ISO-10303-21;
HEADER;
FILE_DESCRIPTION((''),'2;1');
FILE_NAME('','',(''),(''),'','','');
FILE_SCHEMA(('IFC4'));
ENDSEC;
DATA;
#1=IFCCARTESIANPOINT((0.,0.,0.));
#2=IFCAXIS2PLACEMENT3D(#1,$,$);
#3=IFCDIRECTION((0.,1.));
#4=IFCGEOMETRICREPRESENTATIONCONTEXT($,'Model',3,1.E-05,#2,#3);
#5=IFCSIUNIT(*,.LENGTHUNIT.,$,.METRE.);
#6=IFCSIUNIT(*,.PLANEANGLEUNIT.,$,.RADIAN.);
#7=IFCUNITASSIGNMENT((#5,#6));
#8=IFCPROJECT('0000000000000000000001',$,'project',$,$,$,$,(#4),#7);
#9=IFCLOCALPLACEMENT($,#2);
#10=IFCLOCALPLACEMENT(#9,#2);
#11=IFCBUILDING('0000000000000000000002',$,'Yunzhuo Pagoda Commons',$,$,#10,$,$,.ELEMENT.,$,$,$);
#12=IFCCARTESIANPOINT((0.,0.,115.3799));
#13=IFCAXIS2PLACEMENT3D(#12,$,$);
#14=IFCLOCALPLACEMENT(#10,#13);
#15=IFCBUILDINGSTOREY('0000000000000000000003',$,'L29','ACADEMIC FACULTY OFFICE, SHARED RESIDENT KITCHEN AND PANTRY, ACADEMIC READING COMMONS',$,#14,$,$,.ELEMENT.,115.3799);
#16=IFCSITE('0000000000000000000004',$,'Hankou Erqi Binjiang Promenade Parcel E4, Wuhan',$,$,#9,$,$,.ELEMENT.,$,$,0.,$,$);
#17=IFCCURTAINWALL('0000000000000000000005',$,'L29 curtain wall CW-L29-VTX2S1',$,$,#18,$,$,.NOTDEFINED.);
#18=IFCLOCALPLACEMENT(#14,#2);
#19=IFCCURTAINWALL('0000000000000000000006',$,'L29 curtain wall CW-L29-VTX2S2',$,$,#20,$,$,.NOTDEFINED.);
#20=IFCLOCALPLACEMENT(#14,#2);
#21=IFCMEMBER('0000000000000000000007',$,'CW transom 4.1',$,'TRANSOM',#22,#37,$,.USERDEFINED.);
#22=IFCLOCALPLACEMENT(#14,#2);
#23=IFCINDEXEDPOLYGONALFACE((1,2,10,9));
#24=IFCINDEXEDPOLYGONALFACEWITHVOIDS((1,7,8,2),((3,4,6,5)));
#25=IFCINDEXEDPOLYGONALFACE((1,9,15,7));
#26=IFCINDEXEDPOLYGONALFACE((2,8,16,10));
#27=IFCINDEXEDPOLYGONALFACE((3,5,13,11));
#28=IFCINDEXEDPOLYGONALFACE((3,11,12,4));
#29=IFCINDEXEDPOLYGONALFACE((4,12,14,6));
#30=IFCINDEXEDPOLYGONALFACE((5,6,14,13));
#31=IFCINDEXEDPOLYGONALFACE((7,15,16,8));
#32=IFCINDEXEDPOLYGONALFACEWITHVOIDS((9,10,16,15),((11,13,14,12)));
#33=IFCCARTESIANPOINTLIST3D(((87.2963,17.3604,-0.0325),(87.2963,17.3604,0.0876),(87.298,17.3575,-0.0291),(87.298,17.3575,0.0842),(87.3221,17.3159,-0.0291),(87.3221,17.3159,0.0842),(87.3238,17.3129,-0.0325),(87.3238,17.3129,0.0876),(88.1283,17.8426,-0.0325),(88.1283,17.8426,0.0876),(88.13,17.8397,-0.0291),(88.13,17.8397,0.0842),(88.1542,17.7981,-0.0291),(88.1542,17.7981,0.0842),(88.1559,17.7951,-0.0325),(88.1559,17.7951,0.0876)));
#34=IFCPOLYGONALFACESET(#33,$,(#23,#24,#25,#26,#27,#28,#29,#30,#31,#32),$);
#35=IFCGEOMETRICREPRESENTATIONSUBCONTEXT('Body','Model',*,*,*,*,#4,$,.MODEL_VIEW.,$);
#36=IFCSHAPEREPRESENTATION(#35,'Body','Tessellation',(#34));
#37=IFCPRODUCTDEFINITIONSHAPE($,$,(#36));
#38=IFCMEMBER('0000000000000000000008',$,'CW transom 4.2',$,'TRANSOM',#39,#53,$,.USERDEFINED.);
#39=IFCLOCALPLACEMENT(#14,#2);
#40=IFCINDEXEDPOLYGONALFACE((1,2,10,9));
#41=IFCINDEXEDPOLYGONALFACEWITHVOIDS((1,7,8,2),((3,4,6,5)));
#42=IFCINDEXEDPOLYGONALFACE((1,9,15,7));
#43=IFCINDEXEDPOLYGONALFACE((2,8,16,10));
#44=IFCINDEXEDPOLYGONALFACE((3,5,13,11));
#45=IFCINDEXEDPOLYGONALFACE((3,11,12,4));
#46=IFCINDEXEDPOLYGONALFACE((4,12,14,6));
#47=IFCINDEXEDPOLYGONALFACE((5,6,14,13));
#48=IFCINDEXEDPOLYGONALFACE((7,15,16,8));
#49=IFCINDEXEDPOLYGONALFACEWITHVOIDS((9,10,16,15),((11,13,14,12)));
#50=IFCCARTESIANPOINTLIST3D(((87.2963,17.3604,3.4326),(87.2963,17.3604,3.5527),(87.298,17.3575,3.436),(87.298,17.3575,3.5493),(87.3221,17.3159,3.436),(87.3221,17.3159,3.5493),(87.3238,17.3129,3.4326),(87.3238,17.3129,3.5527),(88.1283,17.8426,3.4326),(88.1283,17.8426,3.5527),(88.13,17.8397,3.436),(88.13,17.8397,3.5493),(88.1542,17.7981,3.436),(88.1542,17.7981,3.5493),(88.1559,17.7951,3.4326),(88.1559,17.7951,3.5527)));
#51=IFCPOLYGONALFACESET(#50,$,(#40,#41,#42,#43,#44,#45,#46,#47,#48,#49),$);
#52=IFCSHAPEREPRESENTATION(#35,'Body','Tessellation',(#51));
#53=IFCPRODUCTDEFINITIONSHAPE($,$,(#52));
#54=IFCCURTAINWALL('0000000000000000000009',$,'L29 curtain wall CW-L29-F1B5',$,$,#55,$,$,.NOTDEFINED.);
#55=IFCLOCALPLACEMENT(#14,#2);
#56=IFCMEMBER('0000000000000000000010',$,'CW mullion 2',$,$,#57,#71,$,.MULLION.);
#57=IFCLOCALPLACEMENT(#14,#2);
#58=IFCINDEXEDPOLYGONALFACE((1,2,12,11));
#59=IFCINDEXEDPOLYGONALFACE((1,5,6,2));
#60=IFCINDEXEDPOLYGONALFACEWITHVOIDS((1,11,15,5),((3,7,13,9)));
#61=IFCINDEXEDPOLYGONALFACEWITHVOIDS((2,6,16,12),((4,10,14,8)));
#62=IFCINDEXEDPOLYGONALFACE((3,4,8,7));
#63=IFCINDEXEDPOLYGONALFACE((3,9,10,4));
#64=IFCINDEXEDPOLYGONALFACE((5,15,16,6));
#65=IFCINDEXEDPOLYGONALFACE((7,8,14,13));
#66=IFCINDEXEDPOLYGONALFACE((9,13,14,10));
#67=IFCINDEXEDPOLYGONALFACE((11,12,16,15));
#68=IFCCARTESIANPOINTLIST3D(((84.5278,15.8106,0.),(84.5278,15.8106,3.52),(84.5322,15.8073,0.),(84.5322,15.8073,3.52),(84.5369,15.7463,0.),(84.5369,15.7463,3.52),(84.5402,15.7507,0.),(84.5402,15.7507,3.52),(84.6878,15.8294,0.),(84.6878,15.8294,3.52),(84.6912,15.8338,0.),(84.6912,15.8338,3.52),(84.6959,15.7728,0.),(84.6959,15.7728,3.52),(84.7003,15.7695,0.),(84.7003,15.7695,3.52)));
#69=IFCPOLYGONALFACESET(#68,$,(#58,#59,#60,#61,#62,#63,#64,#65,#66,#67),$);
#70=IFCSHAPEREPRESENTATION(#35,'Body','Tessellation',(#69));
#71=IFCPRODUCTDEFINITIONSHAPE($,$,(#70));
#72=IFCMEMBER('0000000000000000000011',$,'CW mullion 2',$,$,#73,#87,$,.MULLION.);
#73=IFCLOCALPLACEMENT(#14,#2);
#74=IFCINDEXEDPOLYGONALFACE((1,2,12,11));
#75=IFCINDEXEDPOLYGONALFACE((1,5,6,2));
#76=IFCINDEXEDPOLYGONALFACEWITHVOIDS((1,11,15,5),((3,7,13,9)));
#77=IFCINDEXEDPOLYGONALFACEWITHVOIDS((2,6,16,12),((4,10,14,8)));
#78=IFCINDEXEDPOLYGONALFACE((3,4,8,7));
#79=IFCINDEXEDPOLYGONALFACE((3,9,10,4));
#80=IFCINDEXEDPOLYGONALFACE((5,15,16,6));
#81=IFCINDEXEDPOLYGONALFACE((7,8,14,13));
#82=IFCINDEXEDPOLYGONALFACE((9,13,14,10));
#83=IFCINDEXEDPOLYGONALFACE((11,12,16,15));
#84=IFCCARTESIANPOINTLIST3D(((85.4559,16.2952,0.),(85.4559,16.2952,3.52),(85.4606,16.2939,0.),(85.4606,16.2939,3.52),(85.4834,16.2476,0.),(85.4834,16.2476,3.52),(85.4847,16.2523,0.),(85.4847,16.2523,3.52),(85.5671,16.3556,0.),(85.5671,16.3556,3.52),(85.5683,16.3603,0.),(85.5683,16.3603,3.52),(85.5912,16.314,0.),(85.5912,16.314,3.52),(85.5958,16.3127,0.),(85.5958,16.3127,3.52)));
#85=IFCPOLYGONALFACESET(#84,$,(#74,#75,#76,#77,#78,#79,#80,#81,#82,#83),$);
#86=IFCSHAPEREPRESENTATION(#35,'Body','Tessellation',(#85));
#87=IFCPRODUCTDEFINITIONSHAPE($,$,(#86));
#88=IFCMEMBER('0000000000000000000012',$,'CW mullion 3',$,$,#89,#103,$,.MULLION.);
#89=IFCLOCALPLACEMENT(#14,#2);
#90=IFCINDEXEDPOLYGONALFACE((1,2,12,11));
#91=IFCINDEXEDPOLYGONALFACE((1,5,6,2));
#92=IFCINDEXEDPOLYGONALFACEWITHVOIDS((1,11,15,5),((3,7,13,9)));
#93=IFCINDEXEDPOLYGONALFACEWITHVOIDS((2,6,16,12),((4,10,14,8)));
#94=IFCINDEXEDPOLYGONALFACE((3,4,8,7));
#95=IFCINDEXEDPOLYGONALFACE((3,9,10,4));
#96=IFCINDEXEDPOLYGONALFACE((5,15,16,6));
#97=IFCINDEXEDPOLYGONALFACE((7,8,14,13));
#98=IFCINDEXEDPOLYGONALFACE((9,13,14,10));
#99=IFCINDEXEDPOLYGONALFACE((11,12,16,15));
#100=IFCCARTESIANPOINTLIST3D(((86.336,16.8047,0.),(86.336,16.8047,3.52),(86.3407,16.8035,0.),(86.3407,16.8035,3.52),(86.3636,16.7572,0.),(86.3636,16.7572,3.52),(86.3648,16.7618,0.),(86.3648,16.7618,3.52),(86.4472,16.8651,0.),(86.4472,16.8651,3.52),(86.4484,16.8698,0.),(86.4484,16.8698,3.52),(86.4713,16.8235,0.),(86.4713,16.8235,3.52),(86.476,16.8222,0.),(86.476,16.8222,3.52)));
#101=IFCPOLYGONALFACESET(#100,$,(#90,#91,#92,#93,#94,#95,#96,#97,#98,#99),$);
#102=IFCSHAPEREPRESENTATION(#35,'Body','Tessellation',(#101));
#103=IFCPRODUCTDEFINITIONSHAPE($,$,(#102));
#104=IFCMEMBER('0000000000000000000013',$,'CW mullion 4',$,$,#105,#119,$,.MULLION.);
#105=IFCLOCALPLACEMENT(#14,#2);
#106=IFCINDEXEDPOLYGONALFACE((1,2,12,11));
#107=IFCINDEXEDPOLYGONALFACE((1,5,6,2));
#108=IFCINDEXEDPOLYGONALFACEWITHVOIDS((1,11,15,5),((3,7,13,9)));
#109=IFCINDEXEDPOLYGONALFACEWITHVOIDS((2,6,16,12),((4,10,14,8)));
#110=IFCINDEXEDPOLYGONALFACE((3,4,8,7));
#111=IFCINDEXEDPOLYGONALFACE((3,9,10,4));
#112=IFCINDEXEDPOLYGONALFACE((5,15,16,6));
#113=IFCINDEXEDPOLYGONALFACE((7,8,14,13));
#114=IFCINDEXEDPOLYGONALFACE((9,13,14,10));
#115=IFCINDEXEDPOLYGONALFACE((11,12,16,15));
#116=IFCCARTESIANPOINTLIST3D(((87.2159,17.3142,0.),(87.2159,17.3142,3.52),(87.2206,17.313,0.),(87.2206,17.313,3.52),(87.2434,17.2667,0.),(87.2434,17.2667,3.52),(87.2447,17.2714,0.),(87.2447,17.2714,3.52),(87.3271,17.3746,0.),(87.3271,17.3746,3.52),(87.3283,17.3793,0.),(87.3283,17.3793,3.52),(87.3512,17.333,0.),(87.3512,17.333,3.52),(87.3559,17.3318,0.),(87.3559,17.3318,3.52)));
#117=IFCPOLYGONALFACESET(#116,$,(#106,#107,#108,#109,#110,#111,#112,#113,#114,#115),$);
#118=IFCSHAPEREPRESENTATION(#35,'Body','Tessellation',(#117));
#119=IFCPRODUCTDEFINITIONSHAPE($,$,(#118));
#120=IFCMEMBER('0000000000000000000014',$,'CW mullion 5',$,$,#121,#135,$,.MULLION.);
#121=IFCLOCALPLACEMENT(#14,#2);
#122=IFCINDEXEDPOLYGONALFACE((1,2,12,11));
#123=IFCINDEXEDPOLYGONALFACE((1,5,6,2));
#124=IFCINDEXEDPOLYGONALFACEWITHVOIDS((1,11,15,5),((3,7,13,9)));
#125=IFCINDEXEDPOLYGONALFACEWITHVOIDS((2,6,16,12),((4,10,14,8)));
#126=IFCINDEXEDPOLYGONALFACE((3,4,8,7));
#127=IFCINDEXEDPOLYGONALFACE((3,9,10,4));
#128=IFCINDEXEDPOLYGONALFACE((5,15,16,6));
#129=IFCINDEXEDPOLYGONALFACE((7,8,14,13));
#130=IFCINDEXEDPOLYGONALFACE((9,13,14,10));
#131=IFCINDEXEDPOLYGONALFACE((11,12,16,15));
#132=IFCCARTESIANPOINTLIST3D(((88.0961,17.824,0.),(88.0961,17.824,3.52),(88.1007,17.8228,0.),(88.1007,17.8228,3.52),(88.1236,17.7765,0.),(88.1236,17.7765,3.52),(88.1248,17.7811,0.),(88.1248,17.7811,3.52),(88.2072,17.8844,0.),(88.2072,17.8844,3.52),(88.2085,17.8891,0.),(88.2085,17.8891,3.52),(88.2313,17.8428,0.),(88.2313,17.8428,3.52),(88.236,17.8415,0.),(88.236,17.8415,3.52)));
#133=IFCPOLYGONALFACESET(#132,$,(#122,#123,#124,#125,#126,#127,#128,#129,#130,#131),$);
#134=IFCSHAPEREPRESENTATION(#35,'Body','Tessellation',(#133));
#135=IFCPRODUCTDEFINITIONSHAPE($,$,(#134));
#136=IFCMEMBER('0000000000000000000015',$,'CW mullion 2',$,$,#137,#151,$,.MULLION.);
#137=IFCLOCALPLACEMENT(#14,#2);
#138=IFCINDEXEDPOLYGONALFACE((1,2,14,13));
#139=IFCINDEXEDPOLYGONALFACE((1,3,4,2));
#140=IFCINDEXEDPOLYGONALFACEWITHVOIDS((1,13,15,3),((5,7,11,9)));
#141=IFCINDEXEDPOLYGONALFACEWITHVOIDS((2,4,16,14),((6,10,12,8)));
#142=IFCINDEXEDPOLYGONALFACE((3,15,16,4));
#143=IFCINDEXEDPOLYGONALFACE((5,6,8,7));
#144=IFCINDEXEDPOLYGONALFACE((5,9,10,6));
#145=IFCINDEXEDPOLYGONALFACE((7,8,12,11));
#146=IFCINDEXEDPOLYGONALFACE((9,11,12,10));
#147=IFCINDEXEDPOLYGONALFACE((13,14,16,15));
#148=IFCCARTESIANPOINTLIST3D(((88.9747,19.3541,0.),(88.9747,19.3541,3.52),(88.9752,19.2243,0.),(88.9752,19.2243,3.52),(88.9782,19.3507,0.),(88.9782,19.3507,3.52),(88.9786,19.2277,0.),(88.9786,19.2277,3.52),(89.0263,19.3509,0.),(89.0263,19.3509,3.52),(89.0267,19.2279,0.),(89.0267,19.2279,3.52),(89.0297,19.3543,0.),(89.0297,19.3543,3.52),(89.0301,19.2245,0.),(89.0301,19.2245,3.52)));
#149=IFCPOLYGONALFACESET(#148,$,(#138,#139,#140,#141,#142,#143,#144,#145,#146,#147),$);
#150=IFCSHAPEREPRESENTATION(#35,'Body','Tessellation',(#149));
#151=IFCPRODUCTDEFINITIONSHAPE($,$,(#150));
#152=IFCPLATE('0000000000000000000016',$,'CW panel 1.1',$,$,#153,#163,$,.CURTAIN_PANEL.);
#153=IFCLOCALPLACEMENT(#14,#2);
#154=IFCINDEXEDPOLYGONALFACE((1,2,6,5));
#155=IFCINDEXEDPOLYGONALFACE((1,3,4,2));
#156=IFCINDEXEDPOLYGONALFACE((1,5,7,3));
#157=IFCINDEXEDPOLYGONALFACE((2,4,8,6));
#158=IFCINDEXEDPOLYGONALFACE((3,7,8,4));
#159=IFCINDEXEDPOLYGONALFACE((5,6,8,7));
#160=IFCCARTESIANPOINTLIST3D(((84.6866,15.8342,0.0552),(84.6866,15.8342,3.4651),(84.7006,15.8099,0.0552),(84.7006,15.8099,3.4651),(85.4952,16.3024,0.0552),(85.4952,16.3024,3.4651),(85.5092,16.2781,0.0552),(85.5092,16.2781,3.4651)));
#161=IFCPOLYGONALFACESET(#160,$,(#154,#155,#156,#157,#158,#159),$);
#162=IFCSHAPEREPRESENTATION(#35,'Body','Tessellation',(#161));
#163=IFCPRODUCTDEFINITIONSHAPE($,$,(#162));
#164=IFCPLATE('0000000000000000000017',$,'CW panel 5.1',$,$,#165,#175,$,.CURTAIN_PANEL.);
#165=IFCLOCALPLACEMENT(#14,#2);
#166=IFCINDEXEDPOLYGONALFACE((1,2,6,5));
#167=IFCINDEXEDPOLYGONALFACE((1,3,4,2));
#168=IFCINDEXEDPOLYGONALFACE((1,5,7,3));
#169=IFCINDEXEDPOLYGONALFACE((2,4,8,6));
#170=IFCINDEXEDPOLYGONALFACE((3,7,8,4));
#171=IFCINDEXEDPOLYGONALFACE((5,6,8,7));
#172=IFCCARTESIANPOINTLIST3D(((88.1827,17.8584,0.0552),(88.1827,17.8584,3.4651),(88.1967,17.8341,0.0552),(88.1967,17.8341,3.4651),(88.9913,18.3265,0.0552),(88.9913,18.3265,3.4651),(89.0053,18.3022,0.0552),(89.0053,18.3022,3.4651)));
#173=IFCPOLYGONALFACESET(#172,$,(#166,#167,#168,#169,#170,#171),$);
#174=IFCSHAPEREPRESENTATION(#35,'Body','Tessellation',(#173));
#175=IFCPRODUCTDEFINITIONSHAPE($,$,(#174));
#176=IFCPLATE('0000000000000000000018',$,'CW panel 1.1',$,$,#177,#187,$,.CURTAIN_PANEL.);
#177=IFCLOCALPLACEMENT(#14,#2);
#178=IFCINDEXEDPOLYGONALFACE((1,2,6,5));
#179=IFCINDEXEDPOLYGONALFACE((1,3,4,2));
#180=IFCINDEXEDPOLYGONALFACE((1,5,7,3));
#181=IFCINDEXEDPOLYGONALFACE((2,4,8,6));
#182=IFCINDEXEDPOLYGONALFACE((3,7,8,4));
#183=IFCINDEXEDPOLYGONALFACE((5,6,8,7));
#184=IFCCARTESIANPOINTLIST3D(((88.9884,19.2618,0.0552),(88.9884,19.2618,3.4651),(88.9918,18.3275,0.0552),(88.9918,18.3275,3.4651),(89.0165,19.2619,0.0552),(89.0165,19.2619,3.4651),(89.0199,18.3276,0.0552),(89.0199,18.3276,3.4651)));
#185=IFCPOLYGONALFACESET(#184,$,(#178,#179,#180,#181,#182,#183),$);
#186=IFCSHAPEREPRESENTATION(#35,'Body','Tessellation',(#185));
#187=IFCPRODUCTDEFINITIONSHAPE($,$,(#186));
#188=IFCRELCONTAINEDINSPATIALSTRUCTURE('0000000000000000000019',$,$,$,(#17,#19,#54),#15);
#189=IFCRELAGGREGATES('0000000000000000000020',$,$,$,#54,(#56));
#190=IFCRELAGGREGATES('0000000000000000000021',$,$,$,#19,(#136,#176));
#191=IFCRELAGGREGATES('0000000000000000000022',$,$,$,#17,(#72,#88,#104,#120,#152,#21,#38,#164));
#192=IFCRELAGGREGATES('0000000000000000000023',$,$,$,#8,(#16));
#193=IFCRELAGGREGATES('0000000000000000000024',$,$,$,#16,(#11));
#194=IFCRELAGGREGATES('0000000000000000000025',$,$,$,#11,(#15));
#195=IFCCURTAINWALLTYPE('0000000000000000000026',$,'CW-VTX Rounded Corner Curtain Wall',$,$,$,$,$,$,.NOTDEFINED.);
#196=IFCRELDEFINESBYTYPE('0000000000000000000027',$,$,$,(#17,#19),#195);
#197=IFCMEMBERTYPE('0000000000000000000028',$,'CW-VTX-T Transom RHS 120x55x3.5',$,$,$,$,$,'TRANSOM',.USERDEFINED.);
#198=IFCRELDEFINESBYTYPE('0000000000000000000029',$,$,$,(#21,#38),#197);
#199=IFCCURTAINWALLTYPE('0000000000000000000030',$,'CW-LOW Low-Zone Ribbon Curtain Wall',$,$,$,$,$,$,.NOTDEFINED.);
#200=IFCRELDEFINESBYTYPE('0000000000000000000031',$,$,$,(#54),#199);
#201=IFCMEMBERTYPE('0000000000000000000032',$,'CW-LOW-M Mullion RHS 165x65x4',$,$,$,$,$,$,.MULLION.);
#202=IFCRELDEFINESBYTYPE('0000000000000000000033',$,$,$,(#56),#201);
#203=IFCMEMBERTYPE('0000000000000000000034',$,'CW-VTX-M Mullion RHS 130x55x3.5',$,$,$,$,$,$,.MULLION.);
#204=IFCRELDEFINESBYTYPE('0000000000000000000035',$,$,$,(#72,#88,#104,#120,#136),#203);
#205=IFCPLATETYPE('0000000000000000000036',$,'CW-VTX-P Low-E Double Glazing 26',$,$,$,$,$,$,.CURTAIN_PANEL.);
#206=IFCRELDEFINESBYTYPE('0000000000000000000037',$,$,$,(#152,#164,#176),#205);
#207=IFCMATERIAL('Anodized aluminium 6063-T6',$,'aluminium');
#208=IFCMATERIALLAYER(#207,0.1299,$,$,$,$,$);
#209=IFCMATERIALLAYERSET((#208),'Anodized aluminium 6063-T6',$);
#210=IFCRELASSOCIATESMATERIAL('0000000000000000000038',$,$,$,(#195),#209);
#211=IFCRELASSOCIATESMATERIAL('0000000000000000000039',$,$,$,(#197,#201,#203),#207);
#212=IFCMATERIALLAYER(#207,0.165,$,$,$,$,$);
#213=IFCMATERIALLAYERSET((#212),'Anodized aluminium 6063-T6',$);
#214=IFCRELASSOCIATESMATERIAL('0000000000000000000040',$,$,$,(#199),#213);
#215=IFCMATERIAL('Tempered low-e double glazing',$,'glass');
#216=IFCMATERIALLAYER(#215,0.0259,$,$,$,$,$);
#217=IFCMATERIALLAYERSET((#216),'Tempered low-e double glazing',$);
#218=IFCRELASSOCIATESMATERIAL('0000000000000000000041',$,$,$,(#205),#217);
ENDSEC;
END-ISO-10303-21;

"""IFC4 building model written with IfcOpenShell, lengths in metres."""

from ifc_helpers import new_model, si_unit, direction, frame, origin, origin_2d, place, context, subcontext, project, spatial, rectangle, hollow_rectangle, extrude, source, transform, mapped, material, layer, layer_set, material_profile, profile_set, type_object, element, aggregate, save


model = new_model("IFC4")

# Units and contexts
model_context = context("Model", 3, precision=1e-05, world=origin(), true_north=direction((0.0, 1.0)))
body_context = subcontext(model_context, "Body", "Model", "MODEL_VIEW")
ifc_project = project(units=[si_unit("LENGTHUNIT", "METRE"), si_unit("PLANEANGLEUNIT", "RADIAN")], contexts=[model_context])

# Site, building, storey
site_placement = place(None, origin())
site = spatial("IfcSite", under=ifc_project, at=site_placement, Name="Hankou Erqi Binjiang Promenade Parcel E4, Wuhan", CompositionType="ELEMENT", RefElevation=0.0)
building_placement = place(site_placement, origin())
building = spatial("IfcBuilding", under=site, at=building_placement, Name="Yunzhuo Pagoda Commons", CompositionType="ELEMENT")
storey_placement = place(building_placement, frame((0.0, 0.0, 115.3799)))
storey = spatial("IfcBuildingStorey", under=building, at=storey_placement, Name="L29", Description="ACADEMIC FACULTY OFFICE, SHARED RESIDENT KITCHEN AND PANTRY, ACADEMIC READING COMMONS", CompositionType="ELEMENT", Elevation=115.3799)

# Curtain wall
ifc_material_1 = material(Name="Anodized aluminium 6063-T6", Category="aluminium")
ifc_layer_1 = layer(ifc_material_1, 0.1299)
ifc_layer_set_1 = layer_set([ifc_layer_1], Name="Anodized aluminium 6063-T6")
curtain_wall_type_1 = type_object("IfcCurtainWallType", Name="CW-VTX Rounded Corner Curtain Wall", PredefinedType="NOTDEFINED", material=ifc_layer_set_1)
curtain_wall_1_placement = place(storey_placement, origin())
curtain_wall_1 = element("IfcCurtainWall", 1, at=curtain_wall_1_placement, inside=storey, type_object=curtain_wall_type_1, Name="L29 curtain wall CW-L29-VTX2S1", PredefinedType="NOTDEFINED")
ifc_material_profile_1 = material_profile(ifc_material_1, hollow_rectangle(XDim=0.0549, YDim=0.1201, WallThickness=0.0034, at=origin_2d()), Name="Anodized aluminium 6063-T6")
ifc_profile_set_1 = profile_set([ifc_material_profile_1], Name="Anodized aluminium 6063-T6")
member_type_1 = type_object("IfcMemberType", Name="CW-VTX-T Transom RHS 120x55x3.5", ElementType="TRANSOM", PredefinedType="USERDEFINED", material=ifc_profile_set_1)

# Curtain wall
curtain_wall_2_placement = place(storey_placement, origin())
curtain_wall_2 = element("IfcCurtainWall", 2, at=curtain_wall_2_placement, inside=storey, type_object=curtain_wall_type_1, Name="L29 curtain wall CW-L29-VTX2S2", PredefinedType="NOTDEFINED")

# Members
shared_shape_1 = source(origin(), body_context, "Body", "SweptSolid", [
    extrude(hollow_rectangle(XDim=0.0549, YDim=0.1201, WallThickness=0.0034, at=origin_2d()), origin(), (0.0, 0.0, 1.0), 0.9617),
])
member_1_placement = place(storey_placement, frame((87.3101, 17.3367, 0.0276), z_axis=(0.865212, 0.501407, 0.0), x_axis=(-0.501407, 0.865212, 0.0)))
member_1 = element("IfcMember", 3, at=member_1_placement, type_object=member_type_1, Name="CW transom 4.1", ObjectType="TRANSOM", PredefinedType="USERDEFINED", context=body_context, shape_type="MappedRepresentation", body=[
    mapped(shared_shape_1, transform((0.0, 0.0, 0.0), scale=1.0)),
])
member_2_placement = place(storey_placement, frame((87.3101, 17.3367, 3.4927), z_axis=(0.865212, 0.501407, 0.0), x_axis=(-0.501407, 0.865212, 0.0)))
member_2 = element("IfcMember", 4, at=member_2_placement, type_object=member_type_1, Name="CW transom 4.2", ObjectType="TRANSOM", PredefinedType="USERDEFINED", context=body_context, shape_type="MappedRepresentation", body=[
    mapped(shared_shape_1, transform((0.0, 0.0, 0.0), scale=1.0)),
])

# Curtain wall, member
ifc_layer_2 = layer(ifc_material_1, 0.165)
ifc_layer_set_2 = layer_set([ifc_layer_2], Name="Anodized aluminium 6063-T6")
curtain_wall_type_2 = type_object("IfcCurtainWallType", Name="CW-LOW Low-Zone Ribbon Curtain Wall", PredefinedType="NOTDEFINED", material=ifc_layer_set_2)
curtain_wall_3_placement = place(storey_placement, origin())
curtain_wall_3 = element("IfcCurtainWall", 5, at=curtain_wall_3_placement, inside=storey, type_object=curtain_wall_type_2, Name="L29 curtain wall CW-L29-F1B5", PredefinedType="NOTDEFINED")
ifc_material_profile_2 = material_profile(ifc_material_1, hollow_rectangle(XDim=0.0649, YDim=0.165, WallThickness=0.0039, at=origin_2d()), Name="Anodized aluminium 6063-T6")
ifc_profile_set_2 = profile_set([ifc_material_profile_2], Name="Anodized aluminium 6063-T6")
member_type_2 = type_object("IfcMemberType", Name="CW-LOW-M Mullion RHS 165x65x4", PredefinedType="MULLION", material=ifc_profile_set_2)
shared_shape_2 = source(origin(), body_context, "Body", "SweptSolid", [
    extrude(hollow_rectangle(XDim=0.0649, YDim=0.165, WallThickness=0.0039, at=origin_2d()), origin(), (0.0, 0.0, 1.0), 3.52),
])
member_3_placement = place(storey_placement, frame((84.614, 15.79, 0.0), z_axis=(0.0, 0.0, 1.0), x_axis=(-0.140408, 0.990094, 0.0)))
member_3 = element("IfcMember", 6, at=member_3_placement, type_object=member_type_2, Name="CW mullion 2", PredefinedType="MULLION", context=body_context, shape_type="MappedRepresentation", body=[
    mapped(shared_shape_2, transform((0.0, 0.0, 0.0), scale=1.0)),
])
aggregate(curtain_wall_3, [member_3])

# Members
ifc_material_profile_3 = material_profile(ifc_material_1, hollow_rectangle(XDim=0.0549, YDim=0.1299, WallThickness=0.0034, at=origin_2d()), Name="Anodized aluminium 6063-T6")
ifc_profile_set_3 = profile_set([ifc_material_profile_3], Name="Anodized aluminium 6063-T6")
member_type_3 = type_object("IfcMemberType", Name="CW-VTX-M Mullion RHS 130x55x3.5", PredefinedType="MULLION", material=ifc_profile_set_3)
shared_shape_3 = source(origin(), body_context, "Body", "SweptSolid", [
    extrude(hollow_rectangle(XDim=0.0549, YDim=0.1299, WallThickness=0.0034, at=origin_2d()), origin(), (0.0, 0.0, 1.0), 3.52),
])
member_4_placement = place(storey_placement, frame((85.5259, 16.304, 0.0), z_axis=(0.0, 0.0, 1.0), x_axis=(-0.501032, 0.865429, 0.0)))
member_4 = element("IfcMember", 7, at=member_4_placement, type_object=member_type_3, Name="CW mullion 2", PredefinedType="MULLION", context=body_context, shape_type="MappedRepresentation", body=[
    mapped(shared_shape_3, transform((0.0, 0.0, 0.0), scale=1.0)),
])
member_5_placement = place(storey_placement, frame((86.406, 16.8135, 0.0), z_axis=(0.0, 0.0, 1.0), x_axis=(-0.501032, 0.865429, 0.0)))
member_5 = element("IfcMember", 8, at=member_5_placement, type_object=member_type_3, Name="CW mullion 3", PredefinedType="MULLION", context=body_context, shape_type="MappedRepresentation", body=[
    mapped(shared_shape_3, transform((0.0, 0.0, 0.0), scale=1.0)),
])
member_6_placement = place(storey_placement, frame((87.2859, 17.323, 0.0), z_axis=(0.0, 0.0, 1.0), x_axis=(-0.501032, 0.865429, 0.0)))
member_6 = element("IfcMember", 9, at=member_6_placement, type_object=member_type_3, Name="CW mullion 4", PredefinedType="MULLION", context=body_context, shape_type="MappedRepresentation", body=[
    mapped(shared_shape_3, transform((0.0, 0.0, 0.0), scale=1.0)),
])
member_7_placement = place(storey_placement, frame((88.166, 17.8328, 0.0), z_axis=(0.0, 0.0, 1.0), x_axis=(-0.501032, 0.865429, 0.0)))
member_7 = element("IfcMember", 10, at=member_7_placement, type_object=member_type_3, Name="CW mullion 5", PredefinedType="MULLION", context=body_context, shape_type="MappedRepresentation", body=[
    mapped(shared_shape_3, transform((0.0, 0.0, 0.0), scale=1.0)),
])
member_8_placement = place(storey_placement, frame((89.0024, 19.2893, 0.0), z_axis=(0.0, 0.0, 1.0), x_axis=(-0.999994, -0.003599, 0.0)))
member_8 = element("IfcMember", 11, at=member_8_placement, type_object=member_type_3, Name="CW mullion 2", PredefinedType="MULLION", context=body_context, shape_type="MappedRepresentation", body=[
    mapped(shared_shape_3, transform((0.0, 0.0, 0.0), scale=1.0)),
])

# Plates
ifc_material_2 = material(Name="Tempered low-e double glazing", Category="glass")
ifc_layer_3 = layer(ifc_material_2, 0.0259)
ifc_layer_set_3 = layer_set([ifc_layer_3], Name="Tempered low-e double glazing")
plate_type = type_object("IfcPlateType", Name="CW-VTX-P Low-E Double Glazing 26", PredefinedType="CURTAIN_PANEL", material=ifc_layer_set_3)
shared_shape_4 = source(origin(), body_context, "Body", "SweptSolid", [
    extrude(rectangle(XDim=0.9343, YDim=0.0281, at=origin_2d()), origin(), (0.0, 0.0, 1.0), 3.4099),
])
plate_1_placement = place(storey_placement, frame((85.0979, 16.0562, 0.0552), z_axis=(0.0, 0.0, 1.0), x_axis=(0.865429, 0.501032, 0.0)))
plate_1 = element("IfcPlate", 12, at=plate_1_placement, type_object=plate_type, Name="CW panel 1.1", PredefinedType="CURTAIN_PANEL", context=body_context, shape_type="MappedRepresentation", body=[
    mapped(shared_shape_4, transform((0.0, 0.0, 0.0), scale=1.0)),
])
plate_2_placement = place(storey_placement, frame((88.594, 18.0803, 0.0552), z_axis=(0.0, 0.0, 1.0), x_axis=(0.865429, 0.501032, 0.0)))
plate_2 = element("IfcPlate", 13, at=plate_2_placement, type_object=plate_type, Name="CW panel 5.1", PredefinedType="CURTAIN_PANEL", context=body_context, shape_type="MappedRepresentation", body=[
    mapped(shared_shape_4, transform((0.0, 0.0, 0.0), scale=1.0)),
])
plate_3_placement = place(storey_placement, frame((89.0042, 18.7947, 0.0552), z_axis=(0.0, 0.0, 1.0), x_axis=(-0.003599, 0.999994, 0.0)))
plate_3 = element("IfcPlate", 14, at=plate_3_placement, type_object=plate_type, Name="CW panel 1.1", PredefinedType="CURTAIN_PANEL", context=body_context, shape_type="MappedRepresentation", body=[
    mapped(shared_shape_4, transform((0.0, 0.0, 0.0), scale=1.0)),
])
aggregate(curtain_wall_2, [member_8, plate_3])
aggregate(curtain_wall_1, [member_4, member_5, member_6, member_7, plate_1, member_1, member_2, plate_2])

save(model, "model.ifc")
